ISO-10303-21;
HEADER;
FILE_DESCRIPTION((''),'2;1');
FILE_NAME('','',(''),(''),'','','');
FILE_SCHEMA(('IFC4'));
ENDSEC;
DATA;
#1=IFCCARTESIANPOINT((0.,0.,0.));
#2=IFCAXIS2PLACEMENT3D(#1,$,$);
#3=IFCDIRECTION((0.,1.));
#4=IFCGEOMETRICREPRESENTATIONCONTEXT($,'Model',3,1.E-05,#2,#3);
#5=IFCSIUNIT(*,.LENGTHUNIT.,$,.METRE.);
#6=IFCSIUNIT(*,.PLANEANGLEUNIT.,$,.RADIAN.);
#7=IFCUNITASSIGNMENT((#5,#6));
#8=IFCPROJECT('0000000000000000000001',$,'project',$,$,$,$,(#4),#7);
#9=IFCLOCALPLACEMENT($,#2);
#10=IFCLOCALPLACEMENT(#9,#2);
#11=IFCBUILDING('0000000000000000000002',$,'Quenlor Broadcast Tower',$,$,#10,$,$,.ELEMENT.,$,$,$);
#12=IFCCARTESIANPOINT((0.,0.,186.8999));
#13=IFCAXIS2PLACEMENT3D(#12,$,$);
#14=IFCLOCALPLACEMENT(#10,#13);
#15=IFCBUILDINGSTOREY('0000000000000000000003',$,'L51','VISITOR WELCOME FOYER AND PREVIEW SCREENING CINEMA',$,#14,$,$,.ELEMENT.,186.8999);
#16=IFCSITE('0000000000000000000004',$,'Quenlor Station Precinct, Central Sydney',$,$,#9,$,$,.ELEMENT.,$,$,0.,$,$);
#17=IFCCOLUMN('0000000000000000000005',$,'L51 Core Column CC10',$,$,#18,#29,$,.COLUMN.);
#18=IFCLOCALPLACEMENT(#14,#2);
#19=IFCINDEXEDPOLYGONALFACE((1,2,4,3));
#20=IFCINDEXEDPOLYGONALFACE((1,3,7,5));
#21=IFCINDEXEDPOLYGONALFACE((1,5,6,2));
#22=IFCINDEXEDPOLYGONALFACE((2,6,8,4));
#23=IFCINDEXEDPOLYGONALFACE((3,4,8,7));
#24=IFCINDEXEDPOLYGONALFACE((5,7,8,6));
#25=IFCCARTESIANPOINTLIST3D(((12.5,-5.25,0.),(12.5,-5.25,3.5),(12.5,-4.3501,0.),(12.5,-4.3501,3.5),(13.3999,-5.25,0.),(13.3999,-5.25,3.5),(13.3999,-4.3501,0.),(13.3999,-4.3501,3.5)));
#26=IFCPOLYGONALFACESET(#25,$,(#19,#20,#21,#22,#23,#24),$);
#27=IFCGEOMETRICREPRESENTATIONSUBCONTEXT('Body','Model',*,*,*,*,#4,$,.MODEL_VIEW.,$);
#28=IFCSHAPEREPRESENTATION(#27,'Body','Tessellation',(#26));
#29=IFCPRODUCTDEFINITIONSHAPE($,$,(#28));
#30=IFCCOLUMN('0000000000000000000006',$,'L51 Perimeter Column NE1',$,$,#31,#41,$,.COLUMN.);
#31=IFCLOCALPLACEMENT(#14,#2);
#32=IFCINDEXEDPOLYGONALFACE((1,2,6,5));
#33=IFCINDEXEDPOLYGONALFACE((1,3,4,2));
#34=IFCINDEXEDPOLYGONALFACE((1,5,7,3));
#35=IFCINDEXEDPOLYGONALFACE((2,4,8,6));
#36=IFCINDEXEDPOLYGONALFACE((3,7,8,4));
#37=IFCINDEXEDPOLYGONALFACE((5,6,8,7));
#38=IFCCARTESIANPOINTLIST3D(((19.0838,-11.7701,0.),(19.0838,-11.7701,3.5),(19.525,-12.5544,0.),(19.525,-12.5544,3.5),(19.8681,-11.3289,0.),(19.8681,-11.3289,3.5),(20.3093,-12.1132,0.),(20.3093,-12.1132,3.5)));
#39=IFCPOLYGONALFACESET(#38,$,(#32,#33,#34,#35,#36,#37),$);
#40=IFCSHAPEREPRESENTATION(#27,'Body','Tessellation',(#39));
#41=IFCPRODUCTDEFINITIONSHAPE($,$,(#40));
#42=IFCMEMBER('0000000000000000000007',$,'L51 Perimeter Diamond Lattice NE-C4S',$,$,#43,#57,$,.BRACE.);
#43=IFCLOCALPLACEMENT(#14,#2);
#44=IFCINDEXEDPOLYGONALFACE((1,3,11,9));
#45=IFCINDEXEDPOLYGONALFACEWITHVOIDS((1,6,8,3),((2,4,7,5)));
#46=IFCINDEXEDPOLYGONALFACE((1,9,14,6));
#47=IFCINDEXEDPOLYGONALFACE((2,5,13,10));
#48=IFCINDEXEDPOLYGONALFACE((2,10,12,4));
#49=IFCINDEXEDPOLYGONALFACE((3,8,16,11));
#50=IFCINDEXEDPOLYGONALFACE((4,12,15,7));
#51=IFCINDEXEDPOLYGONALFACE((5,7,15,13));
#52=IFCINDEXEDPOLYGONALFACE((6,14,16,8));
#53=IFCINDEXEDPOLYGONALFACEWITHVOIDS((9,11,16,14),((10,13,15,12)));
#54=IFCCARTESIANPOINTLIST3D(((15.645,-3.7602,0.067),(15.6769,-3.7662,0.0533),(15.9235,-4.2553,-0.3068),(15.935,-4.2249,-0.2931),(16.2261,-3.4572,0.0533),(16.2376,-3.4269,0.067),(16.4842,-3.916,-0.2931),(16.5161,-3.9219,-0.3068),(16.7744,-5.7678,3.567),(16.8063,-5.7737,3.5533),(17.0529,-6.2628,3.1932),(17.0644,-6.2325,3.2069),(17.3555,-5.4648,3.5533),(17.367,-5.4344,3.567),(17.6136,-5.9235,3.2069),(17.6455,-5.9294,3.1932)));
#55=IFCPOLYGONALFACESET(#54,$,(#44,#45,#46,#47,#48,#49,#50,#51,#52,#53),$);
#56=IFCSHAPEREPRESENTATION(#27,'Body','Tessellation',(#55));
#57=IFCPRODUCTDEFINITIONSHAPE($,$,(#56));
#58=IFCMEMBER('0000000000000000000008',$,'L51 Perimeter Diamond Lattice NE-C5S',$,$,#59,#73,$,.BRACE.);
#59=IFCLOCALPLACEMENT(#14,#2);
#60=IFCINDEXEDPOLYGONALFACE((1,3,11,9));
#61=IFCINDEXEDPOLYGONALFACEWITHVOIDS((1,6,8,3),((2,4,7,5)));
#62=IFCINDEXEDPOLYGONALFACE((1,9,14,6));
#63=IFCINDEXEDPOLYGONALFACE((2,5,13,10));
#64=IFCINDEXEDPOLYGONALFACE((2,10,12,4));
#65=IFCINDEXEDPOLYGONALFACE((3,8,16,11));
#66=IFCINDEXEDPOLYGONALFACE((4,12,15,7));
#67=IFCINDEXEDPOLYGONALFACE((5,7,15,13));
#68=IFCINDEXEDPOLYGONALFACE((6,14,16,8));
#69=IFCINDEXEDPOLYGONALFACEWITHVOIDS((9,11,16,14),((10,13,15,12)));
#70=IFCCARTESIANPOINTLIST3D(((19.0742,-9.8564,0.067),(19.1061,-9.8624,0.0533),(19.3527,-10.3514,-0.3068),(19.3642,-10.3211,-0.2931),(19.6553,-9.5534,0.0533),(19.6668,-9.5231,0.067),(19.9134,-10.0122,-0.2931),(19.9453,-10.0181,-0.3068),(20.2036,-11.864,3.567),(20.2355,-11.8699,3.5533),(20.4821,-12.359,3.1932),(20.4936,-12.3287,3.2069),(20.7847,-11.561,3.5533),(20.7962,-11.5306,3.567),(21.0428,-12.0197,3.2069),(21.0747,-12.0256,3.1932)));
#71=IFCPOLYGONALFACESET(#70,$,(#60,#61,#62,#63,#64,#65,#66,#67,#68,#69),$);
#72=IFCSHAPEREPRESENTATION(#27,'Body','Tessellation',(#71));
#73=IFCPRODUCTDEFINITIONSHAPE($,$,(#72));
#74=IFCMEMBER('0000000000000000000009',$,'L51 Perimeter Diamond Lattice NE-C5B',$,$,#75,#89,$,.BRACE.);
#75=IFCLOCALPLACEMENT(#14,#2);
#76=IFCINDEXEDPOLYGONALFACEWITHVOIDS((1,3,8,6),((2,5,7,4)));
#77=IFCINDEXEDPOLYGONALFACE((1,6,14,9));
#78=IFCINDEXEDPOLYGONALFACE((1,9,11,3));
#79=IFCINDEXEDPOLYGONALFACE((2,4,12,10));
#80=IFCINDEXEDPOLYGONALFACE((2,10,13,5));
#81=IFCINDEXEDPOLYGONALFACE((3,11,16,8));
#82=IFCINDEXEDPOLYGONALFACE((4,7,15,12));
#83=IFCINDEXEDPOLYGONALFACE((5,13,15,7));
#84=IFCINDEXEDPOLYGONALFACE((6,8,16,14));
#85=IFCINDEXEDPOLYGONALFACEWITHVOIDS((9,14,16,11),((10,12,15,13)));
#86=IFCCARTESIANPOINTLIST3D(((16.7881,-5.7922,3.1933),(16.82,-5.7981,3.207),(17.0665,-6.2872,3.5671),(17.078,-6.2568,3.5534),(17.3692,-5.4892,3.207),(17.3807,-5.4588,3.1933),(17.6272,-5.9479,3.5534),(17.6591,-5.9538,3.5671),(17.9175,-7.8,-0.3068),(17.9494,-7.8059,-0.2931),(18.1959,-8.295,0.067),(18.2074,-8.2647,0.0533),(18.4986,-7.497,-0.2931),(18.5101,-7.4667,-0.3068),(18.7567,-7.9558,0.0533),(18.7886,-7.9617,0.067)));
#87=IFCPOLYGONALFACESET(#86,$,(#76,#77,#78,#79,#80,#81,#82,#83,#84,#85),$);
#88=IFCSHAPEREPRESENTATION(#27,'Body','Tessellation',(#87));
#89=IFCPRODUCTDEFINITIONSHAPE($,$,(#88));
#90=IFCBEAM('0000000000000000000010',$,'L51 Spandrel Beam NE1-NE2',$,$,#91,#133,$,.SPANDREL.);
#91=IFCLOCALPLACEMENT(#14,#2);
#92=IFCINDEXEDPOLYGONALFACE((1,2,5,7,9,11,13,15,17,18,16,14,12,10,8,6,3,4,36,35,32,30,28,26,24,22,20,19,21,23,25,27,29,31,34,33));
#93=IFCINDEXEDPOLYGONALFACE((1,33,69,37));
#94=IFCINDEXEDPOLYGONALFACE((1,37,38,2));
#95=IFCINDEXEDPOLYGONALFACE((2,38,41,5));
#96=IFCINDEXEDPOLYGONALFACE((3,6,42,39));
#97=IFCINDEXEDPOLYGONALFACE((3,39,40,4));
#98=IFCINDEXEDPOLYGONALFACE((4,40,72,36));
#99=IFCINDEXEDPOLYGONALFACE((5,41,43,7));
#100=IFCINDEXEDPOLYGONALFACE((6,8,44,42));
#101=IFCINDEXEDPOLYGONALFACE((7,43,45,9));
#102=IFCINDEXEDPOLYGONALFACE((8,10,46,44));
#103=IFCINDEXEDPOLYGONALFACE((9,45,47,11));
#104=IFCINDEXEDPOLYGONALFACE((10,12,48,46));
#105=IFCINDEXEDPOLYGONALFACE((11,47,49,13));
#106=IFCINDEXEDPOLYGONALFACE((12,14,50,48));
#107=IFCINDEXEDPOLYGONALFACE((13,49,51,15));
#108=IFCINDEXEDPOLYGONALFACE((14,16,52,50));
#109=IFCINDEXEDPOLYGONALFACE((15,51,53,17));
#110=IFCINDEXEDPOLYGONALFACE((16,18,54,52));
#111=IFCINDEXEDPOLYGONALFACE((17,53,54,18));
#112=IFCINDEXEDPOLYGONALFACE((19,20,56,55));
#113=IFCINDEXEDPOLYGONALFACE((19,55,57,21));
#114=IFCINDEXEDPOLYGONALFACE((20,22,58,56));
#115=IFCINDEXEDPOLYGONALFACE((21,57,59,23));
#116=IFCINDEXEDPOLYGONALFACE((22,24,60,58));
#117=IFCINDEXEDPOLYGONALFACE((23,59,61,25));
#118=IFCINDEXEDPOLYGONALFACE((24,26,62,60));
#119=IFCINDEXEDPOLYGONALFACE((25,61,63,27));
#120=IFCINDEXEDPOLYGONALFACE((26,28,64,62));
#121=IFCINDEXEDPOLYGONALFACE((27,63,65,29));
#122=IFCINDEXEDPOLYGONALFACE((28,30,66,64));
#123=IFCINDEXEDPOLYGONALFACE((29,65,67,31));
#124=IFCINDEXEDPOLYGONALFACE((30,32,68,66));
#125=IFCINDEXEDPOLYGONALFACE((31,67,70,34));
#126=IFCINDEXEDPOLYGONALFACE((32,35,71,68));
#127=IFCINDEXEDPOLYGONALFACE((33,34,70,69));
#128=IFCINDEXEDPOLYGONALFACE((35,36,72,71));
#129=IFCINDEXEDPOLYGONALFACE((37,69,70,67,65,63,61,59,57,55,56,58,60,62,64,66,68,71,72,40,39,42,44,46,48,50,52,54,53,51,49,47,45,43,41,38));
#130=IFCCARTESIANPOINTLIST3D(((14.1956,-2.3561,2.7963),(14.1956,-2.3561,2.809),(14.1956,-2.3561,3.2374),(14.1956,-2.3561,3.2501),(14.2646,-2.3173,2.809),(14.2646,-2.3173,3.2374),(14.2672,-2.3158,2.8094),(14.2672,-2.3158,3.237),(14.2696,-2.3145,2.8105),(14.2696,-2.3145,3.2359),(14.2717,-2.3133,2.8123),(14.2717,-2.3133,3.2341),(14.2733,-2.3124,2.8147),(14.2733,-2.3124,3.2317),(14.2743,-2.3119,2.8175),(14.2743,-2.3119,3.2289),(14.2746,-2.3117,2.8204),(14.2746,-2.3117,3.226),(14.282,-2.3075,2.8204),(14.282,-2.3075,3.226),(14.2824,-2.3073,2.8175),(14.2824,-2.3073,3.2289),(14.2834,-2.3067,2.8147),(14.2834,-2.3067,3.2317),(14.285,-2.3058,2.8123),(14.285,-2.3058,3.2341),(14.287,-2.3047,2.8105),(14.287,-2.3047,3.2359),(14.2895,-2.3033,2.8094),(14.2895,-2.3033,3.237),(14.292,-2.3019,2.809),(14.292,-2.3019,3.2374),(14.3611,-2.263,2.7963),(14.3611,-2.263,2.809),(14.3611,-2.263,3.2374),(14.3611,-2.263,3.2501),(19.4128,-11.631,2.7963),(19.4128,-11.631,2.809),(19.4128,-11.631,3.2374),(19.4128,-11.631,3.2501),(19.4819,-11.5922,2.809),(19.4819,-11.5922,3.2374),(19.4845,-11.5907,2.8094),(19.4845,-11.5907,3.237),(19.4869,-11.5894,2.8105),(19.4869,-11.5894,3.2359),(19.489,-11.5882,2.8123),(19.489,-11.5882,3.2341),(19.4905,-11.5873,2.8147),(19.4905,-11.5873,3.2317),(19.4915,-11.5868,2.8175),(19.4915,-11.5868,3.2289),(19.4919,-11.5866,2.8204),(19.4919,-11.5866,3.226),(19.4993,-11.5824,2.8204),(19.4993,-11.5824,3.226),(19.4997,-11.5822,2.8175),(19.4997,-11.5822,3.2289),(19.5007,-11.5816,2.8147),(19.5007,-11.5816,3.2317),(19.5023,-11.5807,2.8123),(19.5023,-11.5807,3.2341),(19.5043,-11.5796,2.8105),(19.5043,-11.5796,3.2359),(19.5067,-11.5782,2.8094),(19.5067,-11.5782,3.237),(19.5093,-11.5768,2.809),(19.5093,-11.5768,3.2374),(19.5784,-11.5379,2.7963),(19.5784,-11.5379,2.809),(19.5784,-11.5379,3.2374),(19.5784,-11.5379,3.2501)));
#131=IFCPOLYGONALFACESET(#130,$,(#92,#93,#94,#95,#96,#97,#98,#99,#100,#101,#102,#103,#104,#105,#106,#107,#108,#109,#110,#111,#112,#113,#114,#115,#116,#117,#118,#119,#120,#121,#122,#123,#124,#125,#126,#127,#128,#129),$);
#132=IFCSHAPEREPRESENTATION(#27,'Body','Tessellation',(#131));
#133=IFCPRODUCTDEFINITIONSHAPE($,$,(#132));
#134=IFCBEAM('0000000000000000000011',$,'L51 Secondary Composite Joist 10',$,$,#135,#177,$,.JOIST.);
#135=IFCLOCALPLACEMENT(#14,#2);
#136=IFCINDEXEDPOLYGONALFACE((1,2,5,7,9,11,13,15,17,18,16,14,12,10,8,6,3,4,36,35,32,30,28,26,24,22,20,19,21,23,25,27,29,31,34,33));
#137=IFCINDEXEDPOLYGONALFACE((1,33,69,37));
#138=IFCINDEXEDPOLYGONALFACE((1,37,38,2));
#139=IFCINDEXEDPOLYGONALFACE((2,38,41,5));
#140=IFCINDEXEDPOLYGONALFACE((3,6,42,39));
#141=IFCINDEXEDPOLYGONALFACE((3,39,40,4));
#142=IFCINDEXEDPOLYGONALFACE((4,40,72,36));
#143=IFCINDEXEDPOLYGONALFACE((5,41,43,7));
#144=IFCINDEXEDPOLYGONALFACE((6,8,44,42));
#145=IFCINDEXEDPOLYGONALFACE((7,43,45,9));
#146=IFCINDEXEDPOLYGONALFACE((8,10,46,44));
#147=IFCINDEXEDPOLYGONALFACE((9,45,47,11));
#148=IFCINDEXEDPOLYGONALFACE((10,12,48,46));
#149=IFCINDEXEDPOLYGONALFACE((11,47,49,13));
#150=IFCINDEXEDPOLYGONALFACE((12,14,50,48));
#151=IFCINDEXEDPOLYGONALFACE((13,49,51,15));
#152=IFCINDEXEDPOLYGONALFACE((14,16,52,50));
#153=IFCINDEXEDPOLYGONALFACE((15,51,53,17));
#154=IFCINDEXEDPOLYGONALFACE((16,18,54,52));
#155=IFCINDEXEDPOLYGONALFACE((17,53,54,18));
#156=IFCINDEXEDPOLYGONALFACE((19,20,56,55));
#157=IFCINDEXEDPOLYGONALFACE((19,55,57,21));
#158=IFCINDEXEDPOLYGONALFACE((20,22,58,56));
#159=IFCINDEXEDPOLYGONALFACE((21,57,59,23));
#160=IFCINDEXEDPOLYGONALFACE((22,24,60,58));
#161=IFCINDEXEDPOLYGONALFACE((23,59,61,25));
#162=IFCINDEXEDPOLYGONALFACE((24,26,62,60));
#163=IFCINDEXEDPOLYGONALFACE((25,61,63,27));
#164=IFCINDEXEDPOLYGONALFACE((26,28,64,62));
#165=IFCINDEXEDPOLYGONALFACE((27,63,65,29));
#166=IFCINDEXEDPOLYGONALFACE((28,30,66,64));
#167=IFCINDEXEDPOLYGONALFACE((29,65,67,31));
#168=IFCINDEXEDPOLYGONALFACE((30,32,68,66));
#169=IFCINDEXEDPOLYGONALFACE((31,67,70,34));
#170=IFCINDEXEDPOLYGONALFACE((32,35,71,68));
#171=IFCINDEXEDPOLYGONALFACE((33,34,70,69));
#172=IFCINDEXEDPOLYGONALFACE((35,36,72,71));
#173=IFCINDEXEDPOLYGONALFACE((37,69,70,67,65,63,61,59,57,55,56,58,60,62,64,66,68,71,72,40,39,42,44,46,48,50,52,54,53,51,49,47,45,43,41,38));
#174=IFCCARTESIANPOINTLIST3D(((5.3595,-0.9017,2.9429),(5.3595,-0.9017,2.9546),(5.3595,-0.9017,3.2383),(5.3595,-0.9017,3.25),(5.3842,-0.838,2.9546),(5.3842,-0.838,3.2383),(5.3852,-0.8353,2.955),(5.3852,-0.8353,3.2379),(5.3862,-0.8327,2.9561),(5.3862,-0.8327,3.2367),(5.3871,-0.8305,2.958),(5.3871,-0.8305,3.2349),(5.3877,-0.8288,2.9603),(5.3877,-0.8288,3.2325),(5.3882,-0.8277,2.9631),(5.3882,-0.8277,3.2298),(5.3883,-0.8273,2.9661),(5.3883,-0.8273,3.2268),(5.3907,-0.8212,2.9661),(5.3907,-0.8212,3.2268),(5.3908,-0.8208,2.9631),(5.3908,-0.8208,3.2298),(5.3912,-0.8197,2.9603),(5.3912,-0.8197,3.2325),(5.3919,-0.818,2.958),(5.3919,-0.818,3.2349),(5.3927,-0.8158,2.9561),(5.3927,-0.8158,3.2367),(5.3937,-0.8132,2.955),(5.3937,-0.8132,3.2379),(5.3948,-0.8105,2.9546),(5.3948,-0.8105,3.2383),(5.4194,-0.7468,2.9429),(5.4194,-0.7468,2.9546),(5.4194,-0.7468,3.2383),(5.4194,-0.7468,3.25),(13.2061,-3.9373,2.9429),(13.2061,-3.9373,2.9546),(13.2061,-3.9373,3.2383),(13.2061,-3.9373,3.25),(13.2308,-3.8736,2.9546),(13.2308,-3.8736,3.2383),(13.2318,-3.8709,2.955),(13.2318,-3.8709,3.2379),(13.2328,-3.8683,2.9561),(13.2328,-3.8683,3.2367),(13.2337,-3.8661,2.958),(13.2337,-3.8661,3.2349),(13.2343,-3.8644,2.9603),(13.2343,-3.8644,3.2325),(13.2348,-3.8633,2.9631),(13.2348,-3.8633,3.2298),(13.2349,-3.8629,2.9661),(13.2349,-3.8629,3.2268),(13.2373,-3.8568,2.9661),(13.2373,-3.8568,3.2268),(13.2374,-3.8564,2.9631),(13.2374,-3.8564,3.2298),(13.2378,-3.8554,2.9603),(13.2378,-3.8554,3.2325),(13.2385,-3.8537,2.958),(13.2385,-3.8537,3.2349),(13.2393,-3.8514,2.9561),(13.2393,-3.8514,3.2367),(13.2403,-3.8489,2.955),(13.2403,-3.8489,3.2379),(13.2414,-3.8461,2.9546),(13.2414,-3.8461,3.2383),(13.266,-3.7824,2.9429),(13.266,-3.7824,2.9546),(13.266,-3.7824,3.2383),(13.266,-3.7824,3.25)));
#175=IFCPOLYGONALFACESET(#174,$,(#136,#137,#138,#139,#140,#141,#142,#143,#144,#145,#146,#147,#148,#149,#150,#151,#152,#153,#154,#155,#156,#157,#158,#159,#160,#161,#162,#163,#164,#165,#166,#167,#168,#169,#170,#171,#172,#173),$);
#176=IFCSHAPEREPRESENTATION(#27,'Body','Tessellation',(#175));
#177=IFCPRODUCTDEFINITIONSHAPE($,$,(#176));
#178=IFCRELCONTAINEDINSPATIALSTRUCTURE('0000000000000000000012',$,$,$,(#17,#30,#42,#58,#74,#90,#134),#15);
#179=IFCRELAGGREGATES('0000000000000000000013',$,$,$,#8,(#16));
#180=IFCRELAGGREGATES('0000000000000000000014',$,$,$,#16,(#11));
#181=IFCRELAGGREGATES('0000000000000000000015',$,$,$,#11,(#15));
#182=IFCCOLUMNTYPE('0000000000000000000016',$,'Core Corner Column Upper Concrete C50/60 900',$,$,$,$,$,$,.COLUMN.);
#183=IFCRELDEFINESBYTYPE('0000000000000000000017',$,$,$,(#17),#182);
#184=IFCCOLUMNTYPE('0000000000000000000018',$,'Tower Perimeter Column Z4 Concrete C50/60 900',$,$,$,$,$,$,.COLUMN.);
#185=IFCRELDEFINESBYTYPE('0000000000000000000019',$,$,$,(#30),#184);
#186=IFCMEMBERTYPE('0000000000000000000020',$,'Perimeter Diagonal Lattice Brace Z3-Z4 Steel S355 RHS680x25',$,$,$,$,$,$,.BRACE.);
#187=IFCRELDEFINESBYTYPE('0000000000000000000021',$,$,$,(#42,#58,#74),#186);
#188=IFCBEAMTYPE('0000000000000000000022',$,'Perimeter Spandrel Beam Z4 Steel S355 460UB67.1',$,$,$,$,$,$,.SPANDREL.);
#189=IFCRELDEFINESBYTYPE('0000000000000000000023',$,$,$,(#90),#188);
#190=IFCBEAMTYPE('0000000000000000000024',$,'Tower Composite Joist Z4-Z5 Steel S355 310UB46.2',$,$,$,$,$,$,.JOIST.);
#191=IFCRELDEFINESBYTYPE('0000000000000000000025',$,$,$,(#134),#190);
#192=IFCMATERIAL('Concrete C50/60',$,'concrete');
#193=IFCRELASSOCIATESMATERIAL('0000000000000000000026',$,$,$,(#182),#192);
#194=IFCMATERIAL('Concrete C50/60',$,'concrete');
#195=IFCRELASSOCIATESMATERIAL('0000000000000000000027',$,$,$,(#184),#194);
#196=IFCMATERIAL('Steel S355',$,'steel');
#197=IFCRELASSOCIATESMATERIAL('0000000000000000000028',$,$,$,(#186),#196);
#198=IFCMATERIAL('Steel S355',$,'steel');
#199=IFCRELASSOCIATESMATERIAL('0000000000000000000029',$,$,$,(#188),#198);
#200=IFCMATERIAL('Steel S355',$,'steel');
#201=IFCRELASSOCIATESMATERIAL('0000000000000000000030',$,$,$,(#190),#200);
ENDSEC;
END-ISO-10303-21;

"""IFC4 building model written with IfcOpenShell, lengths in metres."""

from ifc_helpers import new_model, si_unit, direction, frame, origin, origin_2d, place, context, subcontext, project, spatial, rectangle, hollow_rectangle, i_section, extrude, material, material_profile, profile_set, type_object, element, save


model = new_model("IFC4")

# Units and contexts
model_context = context("Model", 3, precision=1e-05, world=origin(), true_north=direction((0.0, 1.0)))
body_context = subcontext(model_context, "Body", "Model", "MODEL_VIEW")
ifc_project = project(units=[si_unit("LENGTHUNIT", "METRE"), si_unit("PLANEANGLEUNIT", "RADIAN")], contexts=[model_context])

# Site, building, storey
site_placement = place(None, origin())
site = spatial("IfcSite", under=ifc_project, at=site_placement, Name="Quenlor Station Precinct, Central Sydney", CompositionType="ELEMENT", RefElevation=0.0)
building_placement = place(site_placement, origin())
building = spatial("IfcBuilding", under=site, at=building_placement, Name="Quenlor Broadcast Tower", CompositionType="ELEMENT")
storey_placement = place(building_placement, frame((0.0, 0.0, 186.8999)))
storey = spatial("IfcBuildingStorey", under=building, at=storey_placement, Name="L51", Description="VISITOR WELCOME FOYER AND PREVIEW SCREENING CINEMA", CompositionType="ELEMENT", Elevation=186.8999)

# Columns
ifc_material_1 = material(Name="Concrete C50/60", Category="concrete")
ifc_material_profile_1 = material_profile(ifc_material_1, rectangle(XDim=0.8999, YDim=0.8999, at=origin_2d()))
ifc_profile_set_1 = profile_set([ifc_material_profile_1], Name="Concrete C50/60 RC900x900")
column_type_1 = type_object("IfcColumnType", Name="Core Corner Column Upper Concrete C50/60 900", PredefinedType="COLUMN", material=ifc_profile_set_1)
column_1_placement = place(storey_placement, frame((12.95, -4.8, 0.0), z_axis=(0.0, 0.0, 1.0), x_axis=(1.0, 0.0, 0.0)))
element("IfcColumn", 1, at=column_1_placement, inside=storey, type_object=column_type_1, Name="L51 Core Column CC10", PredefinedType="COLUMN", context=body_context, shape_type="SweptSolid", body=[
    extrude(rectangle(XDim=0.8999, YDim=0.8999, at=origin_2d()), origin(), (0.0, 0.0, 1.0), 3.5),
])
ifc_material_2 = material(Name="Concrete C50/60", Category="concrete")
ifc_material_profile_2 = material_profile(ifc_material_2, rectangle(XDim=0.8999, YDim=0.8999, at=origin_2d()))
ifc_profile_set_2 = profile_set([ifc_material_profile_2], Name="Concrete C50/60 RC900x900")
column_type_2 = type_object("IfcColumnType", Name="Tower Perimeter Column Z4 Concrete C50/60 900", PredefinedType="COLUMN", material=ifc_profile_set_2)
column_2_placement = place(storey_placement, frame((19.6965, -11.9417, 0.0), z_axis=(0.0, 0.0, 1.0), x_axis=(0.871575, 0.490262, 0.0)))
element("IfcColumn", 2, at=column_2_placement, inside=storey, type_object=column_type_2, Name="L51 Perimeter Column NE1", PredefinedType="COLUMN", context=body_context, shape_type="SweptSolid", body=[
    extrude(rectangle(XDim=0.8999, YDim=0.8999, at=origin_2d()), origin(), (0.0, 0.0, 1.0), 3.5),
])

# Members
ifc_material_3 = material(Name="Steel S355", Category="steel")
ifc_material_profile_3 = material_profile(ifc_material_3, hollow_rectangle(XDim=0.6799, YDim=0.6799, WallThickness=0.0249, at=origin_2d()))
ifc_profile_set_3 = profile_set([ifc_material_profile_3], Name="Steel S355 RHS680x680x25")
member_type = type_object("IfcMemberType", Name="Perimeter Diagonal Lattice Brace Z3-Z4 Steel S355 RHS680x25", PredefinedType="BRACE", material=ifc_profile_set_3)
for number, where, z_axis, x_axis, name in (
    (3, (16.0806, -3.8411, -0.1199), (0.269547, -0.479136, 0.835328), (0.87155, 0.490307, 0.0), "L51 Perimeter Diamond Lattice NE-C4S"),
    (4, (19.5098, -9.9373, -0.1199), (0.269547, -0.479136, 0.835328), (0.87155, 0.490307, 0.0), "L51 Perimeter Diamond Lattice NE-C5S"),
):
    element("IfcMember", number, at=place(storey_placement, frame(where, z_axis=z_axis, x_axis=x_axis)), inside=storey, type_object=member_type, Name=name, PredefinedType="BRACE", context=body_context, shape_type="SweptSolid", body=[
        extrude(hollow_rectangle(XDim=0.6799, YDim=0.6799, WallThickness=0.0249, at=origin_2d()), origin(), (0.0, 0.0, 1.0), 4.1899),
    ])
member_placement = place(storey_placement, frame((18.353, -7.8809, -0.1199), z_axis=(-0.26954, 0.479181, 0.835305), x_axis=(-0.871576, -0.490261, 0.0)))
element("IfcMember", 5, at=member_placement, inside=storey, type_object=member_type, Name="L51 Perimeter Diamond Lattice NE-C5B", PredefinedType="BRACE", context=body_context, shape_type="SweptSolid", body=[
    extrude(hollow_rectangle(XDim=0.6799, YDim=0.6799, WallThickness=0.0249, at=origin_2d()), origin(), (0.0, 0.0, 1.0), 4.1902),
])

# Beams
ifc_material_4 = material(Name="Steel S355", Category="steel")
ifc_material_profile_4 = material_profile(ifc_material_4, i_section(OverallWidth=0.1899, OverallDepth=0.4539, WebThickness=0.0085, FlangeThickness=0.0127, FilletRadius=0.0115, at=origin_2d()))
ifc_profile_set_4 = profile_set([ifc_material_profile_4], Name="Steel S355 460UB67.1")
beam_type_1 = type_object("IfcBeamType", Name="Perimeter Spandrel Beam Z4 Steel S355 460UB67.1", PredefinedType="SPANDREL", material=ifc_profile_set_4)
beam_1_placement = place(storey_placement, frame((19.4956, -11.5845, 3.0232), z_axis=(-0.490272, 0.871569, 0.0), x_axis=(-0.871569, -0.490272, 0.0)))
element("IfcBeam", 6, at=beam_1_placement, inside=storey, type_object=beam_type_1, Name="L51 Spandrel Beam NE1-NE2", PredefinedType="SPANDREL", context=body_context, shape_type="SweptSolid", body=[
    extrude(i_section(OverallWidth=0.1899, OverallDepth=0.4539, WebThickness=0.0085, FlangeThickness=0.0127, FilletRadius=0.0115, at=origin_2d()), origin(), (0.0, 0.0, 1.0), 10.6416),
])
ifc_material_5 = material(Name="Steel S355", Category="steel")
ifc_material_profile_5 = material_profile(ifc_material_5, i_section(OverallWidth=0.166, OverallDepth=0.3071, WebThickness=0.0066, FlangeThickness=0.0117, FilletRadius=0.0115, at=origin_2d()))
ifc_profile_set_5 = profile_set([ifc_material_profile_5], Name="Steel S355 310UB46.2")
beam_type_2 = type_object("IfcBeamType", Name="Tower Composite Joist Z4-Z5 Steel S355 310UB46.2", PredefinedType="JOIST", material=ifc_profile_set_5)
beam_2_placement = place(storey_placement, frame((13.2361, -3.8599, 3.0964), z_axis=(-0.932639, 0.36081, 0.0), x_axis=(-0.36081, -0.932639, 0.0)))
element("IfcBeam", 7, at=beam_2_placement, inside=storey, type_object=beam_type_2, Name="L51 Secondary Composite Joist 10", PredefinedType="JOIST", context=body_context, shape_type="SweptSolid", body=[
    extrude(i_section(OverallWidth=0.166, OverallDepth=0.3071, WebThickness=0.0066, FlangeThickness=0.0117, FilletRadius=0.0115, at=origin_2d()), origin(), (0.0, 0.0, 1.0), 8.4133),
])

save(model, "model.ifc")
